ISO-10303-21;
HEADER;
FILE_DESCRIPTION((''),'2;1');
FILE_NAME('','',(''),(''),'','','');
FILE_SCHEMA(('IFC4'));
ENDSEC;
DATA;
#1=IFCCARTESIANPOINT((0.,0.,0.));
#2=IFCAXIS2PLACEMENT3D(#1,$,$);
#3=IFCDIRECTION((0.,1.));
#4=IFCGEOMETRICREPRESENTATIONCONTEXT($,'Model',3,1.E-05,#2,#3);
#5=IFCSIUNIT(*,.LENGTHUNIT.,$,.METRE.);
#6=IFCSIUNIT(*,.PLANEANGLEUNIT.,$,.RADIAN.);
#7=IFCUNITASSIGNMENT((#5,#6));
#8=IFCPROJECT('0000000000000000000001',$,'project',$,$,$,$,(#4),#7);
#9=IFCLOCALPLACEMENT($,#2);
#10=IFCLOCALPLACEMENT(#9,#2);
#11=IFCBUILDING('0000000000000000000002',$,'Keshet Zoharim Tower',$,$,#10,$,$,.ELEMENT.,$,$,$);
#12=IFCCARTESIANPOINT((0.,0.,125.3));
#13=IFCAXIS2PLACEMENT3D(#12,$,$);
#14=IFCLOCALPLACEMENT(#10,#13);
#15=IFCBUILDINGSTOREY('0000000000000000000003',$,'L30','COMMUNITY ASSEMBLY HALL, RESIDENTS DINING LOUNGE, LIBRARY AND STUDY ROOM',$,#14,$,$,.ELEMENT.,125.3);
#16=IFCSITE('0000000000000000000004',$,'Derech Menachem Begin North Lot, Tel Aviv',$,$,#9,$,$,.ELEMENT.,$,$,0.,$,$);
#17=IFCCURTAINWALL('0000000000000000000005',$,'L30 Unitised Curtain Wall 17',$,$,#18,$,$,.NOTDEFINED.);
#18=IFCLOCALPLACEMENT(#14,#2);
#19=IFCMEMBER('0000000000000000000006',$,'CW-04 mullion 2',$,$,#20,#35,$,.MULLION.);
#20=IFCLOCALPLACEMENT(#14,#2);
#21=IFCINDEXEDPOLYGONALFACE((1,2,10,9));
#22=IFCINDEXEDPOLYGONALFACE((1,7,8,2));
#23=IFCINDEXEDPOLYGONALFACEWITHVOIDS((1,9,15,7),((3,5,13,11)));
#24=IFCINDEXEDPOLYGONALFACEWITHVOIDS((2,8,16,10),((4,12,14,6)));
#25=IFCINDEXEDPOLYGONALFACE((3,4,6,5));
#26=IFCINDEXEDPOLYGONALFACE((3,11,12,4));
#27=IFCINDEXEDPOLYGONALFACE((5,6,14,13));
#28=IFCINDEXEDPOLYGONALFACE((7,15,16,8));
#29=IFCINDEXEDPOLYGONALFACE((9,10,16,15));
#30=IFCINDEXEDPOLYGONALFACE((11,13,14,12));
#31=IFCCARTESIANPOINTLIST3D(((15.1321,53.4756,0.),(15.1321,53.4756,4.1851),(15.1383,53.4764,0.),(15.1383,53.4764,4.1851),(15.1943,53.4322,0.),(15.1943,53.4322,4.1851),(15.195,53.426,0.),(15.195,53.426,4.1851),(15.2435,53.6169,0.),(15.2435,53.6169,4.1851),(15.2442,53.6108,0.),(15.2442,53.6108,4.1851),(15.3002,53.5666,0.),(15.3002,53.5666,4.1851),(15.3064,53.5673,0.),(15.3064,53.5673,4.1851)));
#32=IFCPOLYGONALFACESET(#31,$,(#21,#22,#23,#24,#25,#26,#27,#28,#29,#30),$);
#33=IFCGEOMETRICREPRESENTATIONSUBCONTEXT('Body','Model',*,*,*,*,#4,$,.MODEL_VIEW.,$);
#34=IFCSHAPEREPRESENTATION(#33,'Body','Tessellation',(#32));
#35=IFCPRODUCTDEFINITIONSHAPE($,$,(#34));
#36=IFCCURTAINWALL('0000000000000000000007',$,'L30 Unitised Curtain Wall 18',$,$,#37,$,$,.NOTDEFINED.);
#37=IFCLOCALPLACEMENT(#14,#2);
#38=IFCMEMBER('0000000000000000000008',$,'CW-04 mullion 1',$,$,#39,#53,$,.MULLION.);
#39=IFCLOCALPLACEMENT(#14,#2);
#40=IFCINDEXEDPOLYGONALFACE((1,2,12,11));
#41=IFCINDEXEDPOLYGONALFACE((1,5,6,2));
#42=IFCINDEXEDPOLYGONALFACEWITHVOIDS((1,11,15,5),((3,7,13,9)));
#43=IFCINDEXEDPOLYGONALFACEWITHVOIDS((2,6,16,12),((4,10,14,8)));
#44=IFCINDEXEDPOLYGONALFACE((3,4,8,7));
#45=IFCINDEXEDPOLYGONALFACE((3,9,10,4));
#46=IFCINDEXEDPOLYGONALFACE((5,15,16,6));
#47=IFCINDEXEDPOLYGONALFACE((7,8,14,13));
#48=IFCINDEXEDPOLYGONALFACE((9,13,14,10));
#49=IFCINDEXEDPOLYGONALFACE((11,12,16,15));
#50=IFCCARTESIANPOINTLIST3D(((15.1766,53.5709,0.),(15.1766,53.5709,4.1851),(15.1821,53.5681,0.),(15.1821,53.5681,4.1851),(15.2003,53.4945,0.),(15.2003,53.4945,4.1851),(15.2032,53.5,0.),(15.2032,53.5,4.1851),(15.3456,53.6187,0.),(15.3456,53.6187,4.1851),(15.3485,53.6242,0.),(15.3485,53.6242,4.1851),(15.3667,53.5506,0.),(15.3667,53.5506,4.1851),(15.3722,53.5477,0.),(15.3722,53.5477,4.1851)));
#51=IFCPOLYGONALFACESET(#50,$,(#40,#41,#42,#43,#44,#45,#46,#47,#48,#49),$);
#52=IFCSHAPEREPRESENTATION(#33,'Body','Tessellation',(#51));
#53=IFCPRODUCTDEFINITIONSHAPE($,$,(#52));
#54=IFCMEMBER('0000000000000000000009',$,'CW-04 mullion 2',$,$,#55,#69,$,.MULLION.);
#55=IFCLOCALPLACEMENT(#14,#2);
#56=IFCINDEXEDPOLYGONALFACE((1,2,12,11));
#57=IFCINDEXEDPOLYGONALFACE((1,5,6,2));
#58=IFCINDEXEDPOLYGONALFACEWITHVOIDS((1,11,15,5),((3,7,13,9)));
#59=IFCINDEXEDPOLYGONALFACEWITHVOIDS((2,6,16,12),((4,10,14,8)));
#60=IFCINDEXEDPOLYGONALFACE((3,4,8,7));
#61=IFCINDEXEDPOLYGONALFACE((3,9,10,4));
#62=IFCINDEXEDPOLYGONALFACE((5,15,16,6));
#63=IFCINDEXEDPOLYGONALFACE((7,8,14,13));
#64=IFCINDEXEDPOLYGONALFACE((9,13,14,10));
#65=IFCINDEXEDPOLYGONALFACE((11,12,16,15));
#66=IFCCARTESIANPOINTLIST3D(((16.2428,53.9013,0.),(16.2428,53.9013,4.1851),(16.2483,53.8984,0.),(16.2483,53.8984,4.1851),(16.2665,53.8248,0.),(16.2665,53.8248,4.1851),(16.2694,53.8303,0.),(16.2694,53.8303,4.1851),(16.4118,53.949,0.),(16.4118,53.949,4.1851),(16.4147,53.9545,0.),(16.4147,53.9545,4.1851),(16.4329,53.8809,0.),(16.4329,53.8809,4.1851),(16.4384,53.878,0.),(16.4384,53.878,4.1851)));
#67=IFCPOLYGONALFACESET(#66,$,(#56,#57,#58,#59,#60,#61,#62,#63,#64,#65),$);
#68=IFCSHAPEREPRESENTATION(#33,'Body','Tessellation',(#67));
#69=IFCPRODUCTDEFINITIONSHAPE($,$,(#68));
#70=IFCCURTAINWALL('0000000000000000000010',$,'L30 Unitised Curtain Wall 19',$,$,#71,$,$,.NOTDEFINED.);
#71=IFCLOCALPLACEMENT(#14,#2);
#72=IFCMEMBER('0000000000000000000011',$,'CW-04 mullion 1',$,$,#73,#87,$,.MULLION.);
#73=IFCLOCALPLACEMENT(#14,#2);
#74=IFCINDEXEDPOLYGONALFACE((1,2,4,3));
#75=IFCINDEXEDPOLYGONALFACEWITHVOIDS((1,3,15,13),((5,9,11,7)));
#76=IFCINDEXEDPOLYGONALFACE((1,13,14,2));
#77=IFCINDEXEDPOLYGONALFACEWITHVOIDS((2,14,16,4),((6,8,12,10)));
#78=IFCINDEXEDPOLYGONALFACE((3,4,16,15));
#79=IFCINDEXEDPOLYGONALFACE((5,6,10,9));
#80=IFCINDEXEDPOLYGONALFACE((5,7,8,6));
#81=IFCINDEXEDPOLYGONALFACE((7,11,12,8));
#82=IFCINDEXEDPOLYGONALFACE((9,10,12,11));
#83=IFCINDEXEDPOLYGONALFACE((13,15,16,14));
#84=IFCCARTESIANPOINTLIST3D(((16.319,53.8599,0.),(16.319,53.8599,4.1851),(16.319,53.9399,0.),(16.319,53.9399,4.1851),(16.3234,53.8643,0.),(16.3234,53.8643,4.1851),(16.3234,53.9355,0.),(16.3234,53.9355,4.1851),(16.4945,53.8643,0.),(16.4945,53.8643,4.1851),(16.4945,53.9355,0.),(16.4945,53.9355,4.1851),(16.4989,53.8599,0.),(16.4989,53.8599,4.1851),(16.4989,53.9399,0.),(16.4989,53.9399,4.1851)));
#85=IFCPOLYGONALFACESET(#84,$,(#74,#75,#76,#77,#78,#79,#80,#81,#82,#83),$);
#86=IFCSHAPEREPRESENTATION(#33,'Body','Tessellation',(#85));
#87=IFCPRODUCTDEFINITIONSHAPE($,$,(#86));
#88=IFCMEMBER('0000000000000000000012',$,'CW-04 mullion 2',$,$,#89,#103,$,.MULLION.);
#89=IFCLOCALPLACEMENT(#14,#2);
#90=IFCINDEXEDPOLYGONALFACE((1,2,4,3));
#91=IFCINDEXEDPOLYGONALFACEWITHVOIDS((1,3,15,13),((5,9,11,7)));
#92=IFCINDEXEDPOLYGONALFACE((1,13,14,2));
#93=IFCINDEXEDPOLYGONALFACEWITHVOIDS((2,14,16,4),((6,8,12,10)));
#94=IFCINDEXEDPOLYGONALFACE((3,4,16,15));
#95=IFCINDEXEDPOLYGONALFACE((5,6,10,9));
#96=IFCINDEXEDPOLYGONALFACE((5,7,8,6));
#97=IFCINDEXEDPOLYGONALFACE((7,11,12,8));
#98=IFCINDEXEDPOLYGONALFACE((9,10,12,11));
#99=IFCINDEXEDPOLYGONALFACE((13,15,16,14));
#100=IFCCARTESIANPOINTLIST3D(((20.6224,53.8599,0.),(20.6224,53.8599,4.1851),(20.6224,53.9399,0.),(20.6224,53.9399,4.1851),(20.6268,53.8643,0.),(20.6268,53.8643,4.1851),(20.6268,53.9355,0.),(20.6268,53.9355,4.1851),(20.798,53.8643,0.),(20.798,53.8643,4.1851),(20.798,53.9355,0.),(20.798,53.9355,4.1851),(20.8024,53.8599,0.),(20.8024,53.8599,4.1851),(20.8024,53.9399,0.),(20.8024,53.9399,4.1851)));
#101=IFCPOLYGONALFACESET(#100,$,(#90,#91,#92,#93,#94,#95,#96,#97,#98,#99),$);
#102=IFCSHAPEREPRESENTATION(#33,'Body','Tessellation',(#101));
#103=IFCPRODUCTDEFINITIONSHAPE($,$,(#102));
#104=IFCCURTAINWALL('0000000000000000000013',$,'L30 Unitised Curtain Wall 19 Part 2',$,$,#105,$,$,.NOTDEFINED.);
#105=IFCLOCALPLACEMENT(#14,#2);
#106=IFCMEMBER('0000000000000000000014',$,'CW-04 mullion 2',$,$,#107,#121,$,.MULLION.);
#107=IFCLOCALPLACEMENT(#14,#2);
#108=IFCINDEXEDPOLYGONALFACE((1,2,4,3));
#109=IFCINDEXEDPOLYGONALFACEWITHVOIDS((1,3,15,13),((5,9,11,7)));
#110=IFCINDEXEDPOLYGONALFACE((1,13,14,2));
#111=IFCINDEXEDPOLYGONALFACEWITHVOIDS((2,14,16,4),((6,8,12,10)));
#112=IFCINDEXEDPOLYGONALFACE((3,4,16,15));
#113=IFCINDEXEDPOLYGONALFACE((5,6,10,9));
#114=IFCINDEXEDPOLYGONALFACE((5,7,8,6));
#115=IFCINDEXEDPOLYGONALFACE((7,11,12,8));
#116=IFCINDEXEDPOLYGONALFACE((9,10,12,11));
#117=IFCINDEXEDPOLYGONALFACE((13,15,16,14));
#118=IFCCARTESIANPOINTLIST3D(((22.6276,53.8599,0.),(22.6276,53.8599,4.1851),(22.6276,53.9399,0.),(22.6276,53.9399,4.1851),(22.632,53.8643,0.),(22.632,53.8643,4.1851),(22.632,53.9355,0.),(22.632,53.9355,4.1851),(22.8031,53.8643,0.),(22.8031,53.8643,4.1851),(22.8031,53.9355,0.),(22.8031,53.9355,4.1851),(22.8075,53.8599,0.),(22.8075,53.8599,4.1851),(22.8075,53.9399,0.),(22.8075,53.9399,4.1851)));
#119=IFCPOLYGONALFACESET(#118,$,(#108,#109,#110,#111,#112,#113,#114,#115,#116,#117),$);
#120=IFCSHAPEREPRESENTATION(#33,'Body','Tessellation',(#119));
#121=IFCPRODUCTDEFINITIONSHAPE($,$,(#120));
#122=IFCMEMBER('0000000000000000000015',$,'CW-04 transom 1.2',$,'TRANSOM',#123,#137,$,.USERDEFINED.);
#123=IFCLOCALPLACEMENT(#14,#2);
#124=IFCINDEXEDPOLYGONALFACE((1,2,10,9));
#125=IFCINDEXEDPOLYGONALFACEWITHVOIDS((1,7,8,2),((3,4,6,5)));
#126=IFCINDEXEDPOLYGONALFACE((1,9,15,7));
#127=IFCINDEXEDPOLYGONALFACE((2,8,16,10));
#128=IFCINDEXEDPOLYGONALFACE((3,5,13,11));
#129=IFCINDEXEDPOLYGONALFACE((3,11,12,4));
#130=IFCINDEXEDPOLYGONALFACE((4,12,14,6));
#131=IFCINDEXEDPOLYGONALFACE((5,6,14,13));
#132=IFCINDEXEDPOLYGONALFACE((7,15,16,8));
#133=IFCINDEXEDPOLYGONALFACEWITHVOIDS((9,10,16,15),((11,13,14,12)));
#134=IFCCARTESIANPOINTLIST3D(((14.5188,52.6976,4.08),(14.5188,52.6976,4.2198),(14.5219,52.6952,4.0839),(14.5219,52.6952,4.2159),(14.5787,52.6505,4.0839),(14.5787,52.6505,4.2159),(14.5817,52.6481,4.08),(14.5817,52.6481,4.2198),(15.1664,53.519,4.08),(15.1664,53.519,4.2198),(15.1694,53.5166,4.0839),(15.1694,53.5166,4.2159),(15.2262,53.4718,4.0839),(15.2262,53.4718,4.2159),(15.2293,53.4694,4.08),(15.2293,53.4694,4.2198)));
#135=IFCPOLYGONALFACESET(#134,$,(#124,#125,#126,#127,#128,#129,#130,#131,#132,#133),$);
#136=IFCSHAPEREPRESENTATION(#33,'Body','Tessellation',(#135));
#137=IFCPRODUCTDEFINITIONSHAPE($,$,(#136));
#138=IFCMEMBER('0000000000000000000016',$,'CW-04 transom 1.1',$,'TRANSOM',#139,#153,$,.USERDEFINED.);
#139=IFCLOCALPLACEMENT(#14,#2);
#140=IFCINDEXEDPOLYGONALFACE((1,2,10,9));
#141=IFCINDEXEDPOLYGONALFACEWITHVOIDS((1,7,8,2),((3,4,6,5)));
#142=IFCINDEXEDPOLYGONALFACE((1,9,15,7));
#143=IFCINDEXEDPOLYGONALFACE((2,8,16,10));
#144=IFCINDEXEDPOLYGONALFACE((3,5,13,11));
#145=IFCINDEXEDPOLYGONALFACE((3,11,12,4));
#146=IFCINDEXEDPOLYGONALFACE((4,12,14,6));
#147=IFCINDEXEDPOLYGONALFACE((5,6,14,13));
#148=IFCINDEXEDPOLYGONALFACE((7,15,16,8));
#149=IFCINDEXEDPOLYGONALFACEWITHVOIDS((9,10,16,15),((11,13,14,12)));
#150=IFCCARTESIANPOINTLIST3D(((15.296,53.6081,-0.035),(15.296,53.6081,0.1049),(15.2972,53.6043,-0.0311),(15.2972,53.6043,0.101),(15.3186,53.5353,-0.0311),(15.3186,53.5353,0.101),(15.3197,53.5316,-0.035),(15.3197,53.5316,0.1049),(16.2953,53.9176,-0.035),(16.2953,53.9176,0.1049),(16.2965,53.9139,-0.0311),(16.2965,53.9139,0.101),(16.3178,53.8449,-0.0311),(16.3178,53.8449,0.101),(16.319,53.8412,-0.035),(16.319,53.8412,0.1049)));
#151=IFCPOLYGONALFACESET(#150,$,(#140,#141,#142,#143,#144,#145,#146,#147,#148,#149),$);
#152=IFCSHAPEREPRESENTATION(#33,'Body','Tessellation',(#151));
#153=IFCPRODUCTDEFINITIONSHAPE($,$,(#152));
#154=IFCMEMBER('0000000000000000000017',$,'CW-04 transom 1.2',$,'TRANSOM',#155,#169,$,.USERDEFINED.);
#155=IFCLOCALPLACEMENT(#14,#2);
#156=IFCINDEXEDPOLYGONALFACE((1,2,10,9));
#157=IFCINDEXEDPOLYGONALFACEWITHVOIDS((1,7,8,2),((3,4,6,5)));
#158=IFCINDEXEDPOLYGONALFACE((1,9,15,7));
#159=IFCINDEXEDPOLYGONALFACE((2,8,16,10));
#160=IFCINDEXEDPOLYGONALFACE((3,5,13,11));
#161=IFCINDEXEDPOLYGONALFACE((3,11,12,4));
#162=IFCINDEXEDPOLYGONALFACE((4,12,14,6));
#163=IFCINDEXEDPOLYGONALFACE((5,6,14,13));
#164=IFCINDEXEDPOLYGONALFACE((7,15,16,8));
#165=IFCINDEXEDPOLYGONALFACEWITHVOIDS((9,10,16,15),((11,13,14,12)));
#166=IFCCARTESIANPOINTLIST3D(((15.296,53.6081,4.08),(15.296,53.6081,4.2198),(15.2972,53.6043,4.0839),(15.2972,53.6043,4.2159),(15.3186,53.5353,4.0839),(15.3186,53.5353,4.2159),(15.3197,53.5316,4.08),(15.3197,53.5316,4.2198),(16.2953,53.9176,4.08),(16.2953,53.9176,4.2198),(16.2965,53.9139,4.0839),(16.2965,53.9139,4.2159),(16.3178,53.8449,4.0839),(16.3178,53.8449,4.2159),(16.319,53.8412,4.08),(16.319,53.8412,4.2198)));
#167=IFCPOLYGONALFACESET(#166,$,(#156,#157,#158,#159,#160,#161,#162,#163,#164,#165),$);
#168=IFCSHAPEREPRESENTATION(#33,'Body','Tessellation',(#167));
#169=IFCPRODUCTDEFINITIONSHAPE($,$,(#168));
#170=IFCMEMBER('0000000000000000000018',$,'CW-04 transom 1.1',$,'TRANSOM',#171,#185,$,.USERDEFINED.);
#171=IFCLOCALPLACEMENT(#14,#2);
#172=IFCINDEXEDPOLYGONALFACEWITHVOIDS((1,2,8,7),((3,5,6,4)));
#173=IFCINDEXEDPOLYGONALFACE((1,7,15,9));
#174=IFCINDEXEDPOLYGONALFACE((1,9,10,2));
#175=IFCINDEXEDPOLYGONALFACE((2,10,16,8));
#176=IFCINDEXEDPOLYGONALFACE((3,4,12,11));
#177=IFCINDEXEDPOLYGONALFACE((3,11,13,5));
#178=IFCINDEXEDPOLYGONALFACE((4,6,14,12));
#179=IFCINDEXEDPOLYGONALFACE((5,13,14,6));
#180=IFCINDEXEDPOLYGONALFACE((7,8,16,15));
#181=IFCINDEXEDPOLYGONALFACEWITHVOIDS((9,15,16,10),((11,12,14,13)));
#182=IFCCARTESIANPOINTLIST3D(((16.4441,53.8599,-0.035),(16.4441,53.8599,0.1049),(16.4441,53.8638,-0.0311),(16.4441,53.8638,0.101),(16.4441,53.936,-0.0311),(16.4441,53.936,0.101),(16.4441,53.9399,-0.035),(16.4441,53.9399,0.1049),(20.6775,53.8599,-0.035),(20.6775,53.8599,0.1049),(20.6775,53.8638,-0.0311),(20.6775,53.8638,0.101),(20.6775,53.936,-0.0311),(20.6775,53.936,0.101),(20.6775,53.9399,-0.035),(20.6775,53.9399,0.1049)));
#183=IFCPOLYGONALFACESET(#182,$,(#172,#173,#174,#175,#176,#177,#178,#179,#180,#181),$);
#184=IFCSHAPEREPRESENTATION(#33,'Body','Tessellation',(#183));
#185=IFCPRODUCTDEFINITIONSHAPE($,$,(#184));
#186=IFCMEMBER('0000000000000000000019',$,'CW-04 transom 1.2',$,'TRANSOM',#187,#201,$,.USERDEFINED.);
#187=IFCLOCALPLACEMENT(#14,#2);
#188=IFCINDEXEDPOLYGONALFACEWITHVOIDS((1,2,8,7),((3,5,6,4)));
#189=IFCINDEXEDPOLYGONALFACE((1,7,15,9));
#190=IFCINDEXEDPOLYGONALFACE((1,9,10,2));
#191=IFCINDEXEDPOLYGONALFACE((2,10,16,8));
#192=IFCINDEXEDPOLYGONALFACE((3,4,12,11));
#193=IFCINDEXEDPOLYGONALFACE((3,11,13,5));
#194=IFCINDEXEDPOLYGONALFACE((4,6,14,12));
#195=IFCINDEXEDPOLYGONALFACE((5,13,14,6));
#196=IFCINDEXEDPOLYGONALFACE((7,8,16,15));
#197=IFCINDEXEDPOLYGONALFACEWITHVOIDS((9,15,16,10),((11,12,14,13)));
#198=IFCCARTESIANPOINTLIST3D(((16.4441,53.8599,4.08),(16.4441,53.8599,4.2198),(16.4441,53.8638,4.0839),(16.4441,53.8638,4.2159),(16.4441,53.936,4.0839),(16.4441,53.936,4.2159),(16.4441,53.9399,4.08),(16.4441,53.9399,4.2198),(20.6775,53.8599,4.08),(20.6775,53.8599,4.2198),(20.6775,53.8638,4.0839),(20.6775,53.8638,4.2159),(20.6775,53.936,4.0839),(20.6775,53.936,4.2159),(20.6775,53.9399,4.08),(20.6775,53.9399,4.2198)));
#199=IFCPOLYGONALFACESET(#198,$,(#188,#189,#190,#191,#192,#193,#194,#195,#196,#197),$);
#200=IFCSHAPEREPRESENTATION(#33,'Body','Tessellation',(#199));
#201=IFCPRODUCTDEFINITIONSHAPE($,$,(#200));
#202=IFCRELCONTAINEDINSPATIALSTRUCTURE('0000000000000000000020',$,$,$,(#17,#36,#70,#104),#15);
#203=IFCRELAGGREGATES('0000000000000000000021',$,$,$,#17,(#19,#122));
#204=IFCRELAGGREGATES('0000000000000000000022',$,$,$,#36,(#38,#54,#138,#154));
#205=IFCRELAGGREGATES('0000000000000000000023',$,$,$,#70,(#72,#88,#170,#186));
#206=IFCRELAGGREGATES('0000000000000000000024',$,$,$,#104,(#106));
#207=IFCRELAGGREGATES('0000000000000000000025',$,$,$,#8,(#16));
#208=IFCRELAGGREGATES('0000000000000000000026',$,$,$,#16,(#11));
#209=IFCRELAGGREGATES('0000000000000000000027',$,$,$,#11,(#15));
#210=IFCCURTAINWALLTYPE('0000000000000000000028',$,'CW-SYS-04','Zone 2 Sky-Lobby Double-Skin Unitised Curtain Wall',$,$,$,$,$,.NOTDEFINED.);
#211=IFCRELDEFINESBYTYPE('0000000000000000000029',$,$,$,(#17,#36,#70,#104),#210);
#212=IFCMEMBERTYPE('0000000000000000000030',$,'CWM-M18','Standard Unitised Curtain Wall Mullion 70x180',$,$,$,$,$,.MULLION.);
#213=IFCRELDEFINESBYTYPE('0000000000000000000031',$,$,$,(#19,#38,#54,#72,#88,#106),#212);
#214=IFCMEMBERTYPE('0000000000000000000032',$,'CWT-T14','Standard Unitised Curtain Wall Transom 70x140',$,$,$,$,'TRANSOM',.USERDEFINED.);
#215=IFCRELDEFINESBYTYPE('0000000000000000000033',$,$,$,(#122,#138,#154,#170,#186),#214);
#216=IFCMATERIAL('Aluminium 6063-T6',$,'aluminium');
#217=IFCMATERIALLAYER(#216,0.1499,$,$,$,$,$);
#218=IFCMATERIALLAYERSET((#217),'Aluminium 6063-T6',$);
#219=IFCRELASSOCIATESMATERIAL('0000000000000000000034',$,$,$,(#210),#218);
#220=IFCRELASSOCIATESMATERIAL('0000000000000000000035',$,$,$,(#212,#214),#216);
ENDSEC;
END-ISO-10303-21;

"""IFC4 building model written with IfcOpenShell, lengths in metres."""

from ifc_helpers import new_model, si_unit, direction, frame, origin, origin_2d, place, context, subcontext, project, spatial, hollow_rectangle, extrude, material, layer, layer_set, material_profile, profile_set, type_object, element, aggregate, save


model = new_model("IFC4")

# Units and contexts
model_context = context("Model", 3, precision=1e-05, world=origin(), true_north=direction((0.0, 1.0)))
body_context = subcontext(model_context, "Body", "Model", "MODEL_VIEW")
ifc_project = project(units=[si_unit("LENGTHUNIT", "METRE"), si_unit("PLANEANGLEUNIT", "RADIAN")], contexts=[model_context])

# Site, building, storey
site_placement = place(None, origin())
site = spatial("IfcSite", under=ifc_project, at=site_placement, Name="Derech Menachem Begin North Lot, Tel Aviv", CompositionType="ELEMENT", RefElevation=0.0)
building_placement = place(site_placement, origin())
building = spatial("IfcBuilding", under=site, at=building_placement, Name="Keshet Zoharim Tower", CompositionType="ELEMENT")
storey_placement = place(building_placement, frame((0.0, 0.0, 125.3)))
storey = spatial("IfcBuildingStorey", under=building, at=storey_placement, Name="L30", Description="COMMUNITY ASSEMBLY HALL, RESIDENTS DINING LOUNGE, LIBRARY AND STUDY ROOM", CompositionType="ELEMENT", Elevation=125.3)

# Curtain wall, member
ifc_material_1 = material(Name="Aluminium 6063-T6", Category="aluminium")
ifc_layer_1 = layer(ifc_material_1, 0.1499)
ifc_layer_set_1 = layer_set([ifc_layer_1], Name="Aluminium 6063-T6")
curtain_wall_type = type_object("IfcCurtainWallType", Name="CW-SYS-04", Description="Zone 2 Sky-Lobby Double-Skin Unitised Curtain Wall", PredefinedType="NOTDEFINED", material=ifc_layer_set_1)
curtain_wall_1_placement = place(storey_placement, origin())
curtain_wall_1 = element("IfcCurtainWall", 1, at=curtain_wall_1_placement, inside=storey, type_object=curtain_wall_type, Name="L30 Unitised Curtain Wall 17", PredefinedType="NOTDEFINED")
ifc_material_profile_1 = material_profile(ifc_material_1, hollow_rectangle(XDim=0.0801, YDim=0.1799, WallThickness=0.0044, at=origin_2d()), Name="MUL-80x180")
ifc_profile_set_1 = profile_set([ifc_material_profile_1], Name="Aluminium 6063-T6")
member_type_1 = type_object("IfcMemberType", Name="CWM-M18", Description="Standard Unitised Curtain Wall Mullion 70x180", PredefinedType="MULLION", material=ifc_profile_set_1)
member_1_placement = place(storey_placement, frame((15.2192, 53.5215, 0.0), z_axis=(0.0, 0.0, 1.0), x_axis=(-0.785293, 0.619125, 0.0)))
member_1 = element("IfcMember", 2, at=member_1_placement, type_object=member_type_1, Name="CW-04 mullion 2", PredefinedType="MULLION", context=body_context, shape_type="SweptSolid", body=[
    extrude(hollow_rectangle(XDim=0.0801, YDim=0.1799, WallThickness=0.0044, at=origin_2d()), origin(), (0.0, 0.0, 1.0), 4.1851),
])

# Curtain walls, members
curtain_wall_2_placement = place(storey_placement, origin())
curtain_wall_2 = element("IfcCurtainWall", 3, at=curtain_wall_2_placement, inside=storey, type_object=curtain_wall_type, Name="L30 Unitised Curtain Wall 18", PredefinedType="NOTDEFINED")
member_2_placement = place(storey_placement, frame((15.2744, 53.5593, 0.0), z_axis=(0.0, 0.0, 1.0), x_axis=(-0.295922, 0.955212, 0.0)))
member_2 = element("IfcMember", 4, at=member_2_placement, type_object=member_type_1, Name="CW-04 mullion 1", PredefinedType="MULLION", context=body_context, shape_type="SweptSolid", body=[
    extrude(hollow_rectangle(XDim=0.0801, YDim=0.1799, WallThickness=0.0044, at=origin_2d()), origin(), (0.0, 0.0, 1.0), 4.1851),
])
member_3_placement = place(storey_placement, frame((16.3406, 53.8896, 0.0), z_axis=(0.0, 0.0, 1.0), x_axis=(-0.295922, 0.955212, 0.0)))
member_3 = element("IfcMember", 5, at=member_3_placement, type_object=member_type_1, Name="CW-04 mullion 2", PredefinedType="MULLION", context=body_context, shape_type="SweptSolid", body=[
    extrude(hollow_rectangle(XDim=0.0801, YDim=0.1799, WallThickness=0.0044, at=origin_2d()), origin(), (0.0, 0.0, 1.0), 4.1851),
])
curtain_wall_3_placement = place(storey_placement, origin())
curtain_wall_3 = element("IfcCurtainWall", 6, at=curtain_wall_3_placement, inside=storey, type_object=curtain_wall_type, Name="L30 Unitised Curtain Wall 19", PredefinedType="NOTDEFINED")
member_4_placement = place(storey_placement, frame((16.4089, 53.8999, 0.0), z_axis=(0.0, 0.0, 1.0), x_axis=(0.0, 1.0, 0.0)))
member_4 = element("IfcMember", 7, at=member_4_placement, type_object=member_type_1, Name="CW-04 mullion 1", PredefinedType="MULLION", context=body_context, shape_type="SweptSolid", body=[
    extrude(hollow_rectangle(XDim=0.0801, YDim=0.1799, WallThickness=0.0044, at=origin_2d()), origin(), (0.0, 0.0, 1.0), 4.1851),
])
member_5_placement = place(storey_placement, frame((20.7124, 53.8999, 0.0), z_axis=(0.0, 0.0, 1.0), x_axis=(0.0, 1.0, 0.0)))
member_5 = element("IfcMember", 8, at=member_5_placement, type_object=member_type_1, Name="CW-04 mullion 2", PredefinedType="MULLION", context=body_context, shape_type="SweptSolid", body=[
    extrude(hollow_rectangle(XDim=0.0801, YDim=0.1799, WallThickness=0.0044, at=origin_2d()), origin(), (0.0, 0.0, 1.0), 4.1851),
])

# Curtain wall, member
curtain_wall_4_placement = place(storey_placement, origin())
curtain_wall_4 = element("IfcCurtainWall", 9, at=curtain_wall_4_placement, inside=storey, type_object=curtain_wall_type, Name="L30 Unitised Curtain Wall 19 Part 2", PredefinedType="NOTDEFINED")
member_6_placement = place(storey_placement, frame((22.7175, 53.8999, 0.0), z_axis=(0.0, 0.0, 1.0), x_axis=(0.0, 1.0, 0.0)))
member_6 = element("IfcMember", 10, at=member_6_placement, type_object=member_type_1, Name="CW-04 mullion 2", PredefinedType="MULLION", context=body_context, shape_type="SweptSolid", body=[
    extrude(hollow_rectangle(XDim=0.0801, YDim=0.1799, WallThickness=0.0044, at=origin_2d()), origin(), (0.0, 0.0, 1.0), 4.1851),
])

# Members
ifc_material_profile_2 = material_profile(ifc_material_1, hollow_rectangle(XDim=0.0801, YDim=0.1399, WallThickness=0.0039, at=origin_2d()), Name="TRN-80x140")
ifc_profile_set_2 = profile_set([ifc_material_profile_2], Name="Aluminium 6063-T6")
member_type_2 = type_object("IfcMemberType", Name="CWT-T14", Description="Standard Unitised Curtain Wall Transom 70x140", ElementType="TRANSOM", PredefinedType="USERDEFINED", material=ifc_profile_set_2)
member_7_placement = place(storey_placement, frame((14.5503, 52.6729, 4.1499), z_axis=(0.619099, 0.785313, 0.0), x_axis=(-0.785313, 0.619099, 0.0)))
member_7 = element("IfcMember", 11, at=member_7_placement, type_object=member_type_2, Name="CW-04 transom 1.2", ObjectType="TRANSOM", PredefinedType="USERDEFINED", context=body_context, shape_type="SweptSolid", body=[
    extrude(hollow_rectangle(XDim=0.0801, YDim=0.1399, WallThickness=0.0039, at=origin_2d()), origin(), (0.0, 0.0, 1.0), 1.0459),
])
member_8_placement = place(storey_placement, frame((15.3079, 53.5698, 0.0349), z_axis=(0.955212, 0.295922, 0.0), x_axis=(-0.295922, 0.955212, 0.0)))
member_8 = element("IfcMember", 12, at=member_8_placement, type_object=member_type_2, Name="CW-04 transom 1.1", ObjectType="TRANSOM", PredefinedType="USERDEFINED", context=body_context, shape_type="SweptSolid", body=[
    extrude(hollow_rectangle(XDim=0.0801, YDim=0.1399, WallThickness=0.0039, at=origin_2d()), origin(), (0.0, 0.0, 1.0), 1.0461),
])
member_9_placement = place(storey_placement, frame((15.3079, 53.5698, 4.1499), z_axis=(0.955212, 0.295922, 0.0), x_axis=(-0.295922, 0.955212, 0.0)))
member_9 = element("IfcMember", 13, at=member_9_placement, type_object=member_type_2, Name="CW-04 transom 1.2", ObjectType="TRANSOM", PredefinedType="USERDEFINED", context=body_context, shape_type="SweptSolid", body=[
    extrude(hollow_rectangle(XDim=0.0801, YDim=0.1399, WallThickness=0.0039, at=origin_2d()), origin(), (0.0, 0.0, 1.0), 1.0461),
])
member_10_placement = place(storey_placement, frame((16.4441, 53.8999, 0.0349), z_axis=(1.0, 0.0, 0.0), x_axis=(0.0, 1.0, 0.0)))
member_10 = element("IfcMember", 14, at=member_10_placement, type_object=member_type_2, Name="CW-04 transom 1.1", ObjectType="TRANSOM", PredefinedType="USERDEFINED", context=body_context, shape_type="SweptSolid", body=[
    extrude(hollow_rectangle(XDim=0.0801, YDim=0.1399, WallThickness=0.0039, at=origin_2d()), origin(), (0.0, 0.0, 1.0), 4.2334),
])
member_11_placement = place(storey_placement, frame((16.4441, 53.8999, 4.1499), z_axis=(1.0, 0.0, 0.0), x_axis=(0.0, 1.0, 0.0)))
member_11 = element("IfcMember", 15, at=member_11_placement, type_object=member_type_2, Name="CW-04 transom 1.2", ObjectType="TRANSOM", PredefinedType="USERDEFINED", context=body_context, shape_type="SweptSolid", body=[
    extrude(hollow_rectangle(XDim=0.0801, YDim=0.1399, WallThickness=0.0039, at=origin_2d()), origin(), (0.0, 0.0, 1.0), 4.2334),
])

aggregate(curtain_wall_1, [member_1, member_7])
aggregate(curtain_wall_2, [member_2, member_3, member_8, member_9])
aggregate(curtain_wall_3, [member_4, member_5, member_10, member_11])
aggregate(curtain_wall_4, [member_6])

save(model, "model.ifc")
